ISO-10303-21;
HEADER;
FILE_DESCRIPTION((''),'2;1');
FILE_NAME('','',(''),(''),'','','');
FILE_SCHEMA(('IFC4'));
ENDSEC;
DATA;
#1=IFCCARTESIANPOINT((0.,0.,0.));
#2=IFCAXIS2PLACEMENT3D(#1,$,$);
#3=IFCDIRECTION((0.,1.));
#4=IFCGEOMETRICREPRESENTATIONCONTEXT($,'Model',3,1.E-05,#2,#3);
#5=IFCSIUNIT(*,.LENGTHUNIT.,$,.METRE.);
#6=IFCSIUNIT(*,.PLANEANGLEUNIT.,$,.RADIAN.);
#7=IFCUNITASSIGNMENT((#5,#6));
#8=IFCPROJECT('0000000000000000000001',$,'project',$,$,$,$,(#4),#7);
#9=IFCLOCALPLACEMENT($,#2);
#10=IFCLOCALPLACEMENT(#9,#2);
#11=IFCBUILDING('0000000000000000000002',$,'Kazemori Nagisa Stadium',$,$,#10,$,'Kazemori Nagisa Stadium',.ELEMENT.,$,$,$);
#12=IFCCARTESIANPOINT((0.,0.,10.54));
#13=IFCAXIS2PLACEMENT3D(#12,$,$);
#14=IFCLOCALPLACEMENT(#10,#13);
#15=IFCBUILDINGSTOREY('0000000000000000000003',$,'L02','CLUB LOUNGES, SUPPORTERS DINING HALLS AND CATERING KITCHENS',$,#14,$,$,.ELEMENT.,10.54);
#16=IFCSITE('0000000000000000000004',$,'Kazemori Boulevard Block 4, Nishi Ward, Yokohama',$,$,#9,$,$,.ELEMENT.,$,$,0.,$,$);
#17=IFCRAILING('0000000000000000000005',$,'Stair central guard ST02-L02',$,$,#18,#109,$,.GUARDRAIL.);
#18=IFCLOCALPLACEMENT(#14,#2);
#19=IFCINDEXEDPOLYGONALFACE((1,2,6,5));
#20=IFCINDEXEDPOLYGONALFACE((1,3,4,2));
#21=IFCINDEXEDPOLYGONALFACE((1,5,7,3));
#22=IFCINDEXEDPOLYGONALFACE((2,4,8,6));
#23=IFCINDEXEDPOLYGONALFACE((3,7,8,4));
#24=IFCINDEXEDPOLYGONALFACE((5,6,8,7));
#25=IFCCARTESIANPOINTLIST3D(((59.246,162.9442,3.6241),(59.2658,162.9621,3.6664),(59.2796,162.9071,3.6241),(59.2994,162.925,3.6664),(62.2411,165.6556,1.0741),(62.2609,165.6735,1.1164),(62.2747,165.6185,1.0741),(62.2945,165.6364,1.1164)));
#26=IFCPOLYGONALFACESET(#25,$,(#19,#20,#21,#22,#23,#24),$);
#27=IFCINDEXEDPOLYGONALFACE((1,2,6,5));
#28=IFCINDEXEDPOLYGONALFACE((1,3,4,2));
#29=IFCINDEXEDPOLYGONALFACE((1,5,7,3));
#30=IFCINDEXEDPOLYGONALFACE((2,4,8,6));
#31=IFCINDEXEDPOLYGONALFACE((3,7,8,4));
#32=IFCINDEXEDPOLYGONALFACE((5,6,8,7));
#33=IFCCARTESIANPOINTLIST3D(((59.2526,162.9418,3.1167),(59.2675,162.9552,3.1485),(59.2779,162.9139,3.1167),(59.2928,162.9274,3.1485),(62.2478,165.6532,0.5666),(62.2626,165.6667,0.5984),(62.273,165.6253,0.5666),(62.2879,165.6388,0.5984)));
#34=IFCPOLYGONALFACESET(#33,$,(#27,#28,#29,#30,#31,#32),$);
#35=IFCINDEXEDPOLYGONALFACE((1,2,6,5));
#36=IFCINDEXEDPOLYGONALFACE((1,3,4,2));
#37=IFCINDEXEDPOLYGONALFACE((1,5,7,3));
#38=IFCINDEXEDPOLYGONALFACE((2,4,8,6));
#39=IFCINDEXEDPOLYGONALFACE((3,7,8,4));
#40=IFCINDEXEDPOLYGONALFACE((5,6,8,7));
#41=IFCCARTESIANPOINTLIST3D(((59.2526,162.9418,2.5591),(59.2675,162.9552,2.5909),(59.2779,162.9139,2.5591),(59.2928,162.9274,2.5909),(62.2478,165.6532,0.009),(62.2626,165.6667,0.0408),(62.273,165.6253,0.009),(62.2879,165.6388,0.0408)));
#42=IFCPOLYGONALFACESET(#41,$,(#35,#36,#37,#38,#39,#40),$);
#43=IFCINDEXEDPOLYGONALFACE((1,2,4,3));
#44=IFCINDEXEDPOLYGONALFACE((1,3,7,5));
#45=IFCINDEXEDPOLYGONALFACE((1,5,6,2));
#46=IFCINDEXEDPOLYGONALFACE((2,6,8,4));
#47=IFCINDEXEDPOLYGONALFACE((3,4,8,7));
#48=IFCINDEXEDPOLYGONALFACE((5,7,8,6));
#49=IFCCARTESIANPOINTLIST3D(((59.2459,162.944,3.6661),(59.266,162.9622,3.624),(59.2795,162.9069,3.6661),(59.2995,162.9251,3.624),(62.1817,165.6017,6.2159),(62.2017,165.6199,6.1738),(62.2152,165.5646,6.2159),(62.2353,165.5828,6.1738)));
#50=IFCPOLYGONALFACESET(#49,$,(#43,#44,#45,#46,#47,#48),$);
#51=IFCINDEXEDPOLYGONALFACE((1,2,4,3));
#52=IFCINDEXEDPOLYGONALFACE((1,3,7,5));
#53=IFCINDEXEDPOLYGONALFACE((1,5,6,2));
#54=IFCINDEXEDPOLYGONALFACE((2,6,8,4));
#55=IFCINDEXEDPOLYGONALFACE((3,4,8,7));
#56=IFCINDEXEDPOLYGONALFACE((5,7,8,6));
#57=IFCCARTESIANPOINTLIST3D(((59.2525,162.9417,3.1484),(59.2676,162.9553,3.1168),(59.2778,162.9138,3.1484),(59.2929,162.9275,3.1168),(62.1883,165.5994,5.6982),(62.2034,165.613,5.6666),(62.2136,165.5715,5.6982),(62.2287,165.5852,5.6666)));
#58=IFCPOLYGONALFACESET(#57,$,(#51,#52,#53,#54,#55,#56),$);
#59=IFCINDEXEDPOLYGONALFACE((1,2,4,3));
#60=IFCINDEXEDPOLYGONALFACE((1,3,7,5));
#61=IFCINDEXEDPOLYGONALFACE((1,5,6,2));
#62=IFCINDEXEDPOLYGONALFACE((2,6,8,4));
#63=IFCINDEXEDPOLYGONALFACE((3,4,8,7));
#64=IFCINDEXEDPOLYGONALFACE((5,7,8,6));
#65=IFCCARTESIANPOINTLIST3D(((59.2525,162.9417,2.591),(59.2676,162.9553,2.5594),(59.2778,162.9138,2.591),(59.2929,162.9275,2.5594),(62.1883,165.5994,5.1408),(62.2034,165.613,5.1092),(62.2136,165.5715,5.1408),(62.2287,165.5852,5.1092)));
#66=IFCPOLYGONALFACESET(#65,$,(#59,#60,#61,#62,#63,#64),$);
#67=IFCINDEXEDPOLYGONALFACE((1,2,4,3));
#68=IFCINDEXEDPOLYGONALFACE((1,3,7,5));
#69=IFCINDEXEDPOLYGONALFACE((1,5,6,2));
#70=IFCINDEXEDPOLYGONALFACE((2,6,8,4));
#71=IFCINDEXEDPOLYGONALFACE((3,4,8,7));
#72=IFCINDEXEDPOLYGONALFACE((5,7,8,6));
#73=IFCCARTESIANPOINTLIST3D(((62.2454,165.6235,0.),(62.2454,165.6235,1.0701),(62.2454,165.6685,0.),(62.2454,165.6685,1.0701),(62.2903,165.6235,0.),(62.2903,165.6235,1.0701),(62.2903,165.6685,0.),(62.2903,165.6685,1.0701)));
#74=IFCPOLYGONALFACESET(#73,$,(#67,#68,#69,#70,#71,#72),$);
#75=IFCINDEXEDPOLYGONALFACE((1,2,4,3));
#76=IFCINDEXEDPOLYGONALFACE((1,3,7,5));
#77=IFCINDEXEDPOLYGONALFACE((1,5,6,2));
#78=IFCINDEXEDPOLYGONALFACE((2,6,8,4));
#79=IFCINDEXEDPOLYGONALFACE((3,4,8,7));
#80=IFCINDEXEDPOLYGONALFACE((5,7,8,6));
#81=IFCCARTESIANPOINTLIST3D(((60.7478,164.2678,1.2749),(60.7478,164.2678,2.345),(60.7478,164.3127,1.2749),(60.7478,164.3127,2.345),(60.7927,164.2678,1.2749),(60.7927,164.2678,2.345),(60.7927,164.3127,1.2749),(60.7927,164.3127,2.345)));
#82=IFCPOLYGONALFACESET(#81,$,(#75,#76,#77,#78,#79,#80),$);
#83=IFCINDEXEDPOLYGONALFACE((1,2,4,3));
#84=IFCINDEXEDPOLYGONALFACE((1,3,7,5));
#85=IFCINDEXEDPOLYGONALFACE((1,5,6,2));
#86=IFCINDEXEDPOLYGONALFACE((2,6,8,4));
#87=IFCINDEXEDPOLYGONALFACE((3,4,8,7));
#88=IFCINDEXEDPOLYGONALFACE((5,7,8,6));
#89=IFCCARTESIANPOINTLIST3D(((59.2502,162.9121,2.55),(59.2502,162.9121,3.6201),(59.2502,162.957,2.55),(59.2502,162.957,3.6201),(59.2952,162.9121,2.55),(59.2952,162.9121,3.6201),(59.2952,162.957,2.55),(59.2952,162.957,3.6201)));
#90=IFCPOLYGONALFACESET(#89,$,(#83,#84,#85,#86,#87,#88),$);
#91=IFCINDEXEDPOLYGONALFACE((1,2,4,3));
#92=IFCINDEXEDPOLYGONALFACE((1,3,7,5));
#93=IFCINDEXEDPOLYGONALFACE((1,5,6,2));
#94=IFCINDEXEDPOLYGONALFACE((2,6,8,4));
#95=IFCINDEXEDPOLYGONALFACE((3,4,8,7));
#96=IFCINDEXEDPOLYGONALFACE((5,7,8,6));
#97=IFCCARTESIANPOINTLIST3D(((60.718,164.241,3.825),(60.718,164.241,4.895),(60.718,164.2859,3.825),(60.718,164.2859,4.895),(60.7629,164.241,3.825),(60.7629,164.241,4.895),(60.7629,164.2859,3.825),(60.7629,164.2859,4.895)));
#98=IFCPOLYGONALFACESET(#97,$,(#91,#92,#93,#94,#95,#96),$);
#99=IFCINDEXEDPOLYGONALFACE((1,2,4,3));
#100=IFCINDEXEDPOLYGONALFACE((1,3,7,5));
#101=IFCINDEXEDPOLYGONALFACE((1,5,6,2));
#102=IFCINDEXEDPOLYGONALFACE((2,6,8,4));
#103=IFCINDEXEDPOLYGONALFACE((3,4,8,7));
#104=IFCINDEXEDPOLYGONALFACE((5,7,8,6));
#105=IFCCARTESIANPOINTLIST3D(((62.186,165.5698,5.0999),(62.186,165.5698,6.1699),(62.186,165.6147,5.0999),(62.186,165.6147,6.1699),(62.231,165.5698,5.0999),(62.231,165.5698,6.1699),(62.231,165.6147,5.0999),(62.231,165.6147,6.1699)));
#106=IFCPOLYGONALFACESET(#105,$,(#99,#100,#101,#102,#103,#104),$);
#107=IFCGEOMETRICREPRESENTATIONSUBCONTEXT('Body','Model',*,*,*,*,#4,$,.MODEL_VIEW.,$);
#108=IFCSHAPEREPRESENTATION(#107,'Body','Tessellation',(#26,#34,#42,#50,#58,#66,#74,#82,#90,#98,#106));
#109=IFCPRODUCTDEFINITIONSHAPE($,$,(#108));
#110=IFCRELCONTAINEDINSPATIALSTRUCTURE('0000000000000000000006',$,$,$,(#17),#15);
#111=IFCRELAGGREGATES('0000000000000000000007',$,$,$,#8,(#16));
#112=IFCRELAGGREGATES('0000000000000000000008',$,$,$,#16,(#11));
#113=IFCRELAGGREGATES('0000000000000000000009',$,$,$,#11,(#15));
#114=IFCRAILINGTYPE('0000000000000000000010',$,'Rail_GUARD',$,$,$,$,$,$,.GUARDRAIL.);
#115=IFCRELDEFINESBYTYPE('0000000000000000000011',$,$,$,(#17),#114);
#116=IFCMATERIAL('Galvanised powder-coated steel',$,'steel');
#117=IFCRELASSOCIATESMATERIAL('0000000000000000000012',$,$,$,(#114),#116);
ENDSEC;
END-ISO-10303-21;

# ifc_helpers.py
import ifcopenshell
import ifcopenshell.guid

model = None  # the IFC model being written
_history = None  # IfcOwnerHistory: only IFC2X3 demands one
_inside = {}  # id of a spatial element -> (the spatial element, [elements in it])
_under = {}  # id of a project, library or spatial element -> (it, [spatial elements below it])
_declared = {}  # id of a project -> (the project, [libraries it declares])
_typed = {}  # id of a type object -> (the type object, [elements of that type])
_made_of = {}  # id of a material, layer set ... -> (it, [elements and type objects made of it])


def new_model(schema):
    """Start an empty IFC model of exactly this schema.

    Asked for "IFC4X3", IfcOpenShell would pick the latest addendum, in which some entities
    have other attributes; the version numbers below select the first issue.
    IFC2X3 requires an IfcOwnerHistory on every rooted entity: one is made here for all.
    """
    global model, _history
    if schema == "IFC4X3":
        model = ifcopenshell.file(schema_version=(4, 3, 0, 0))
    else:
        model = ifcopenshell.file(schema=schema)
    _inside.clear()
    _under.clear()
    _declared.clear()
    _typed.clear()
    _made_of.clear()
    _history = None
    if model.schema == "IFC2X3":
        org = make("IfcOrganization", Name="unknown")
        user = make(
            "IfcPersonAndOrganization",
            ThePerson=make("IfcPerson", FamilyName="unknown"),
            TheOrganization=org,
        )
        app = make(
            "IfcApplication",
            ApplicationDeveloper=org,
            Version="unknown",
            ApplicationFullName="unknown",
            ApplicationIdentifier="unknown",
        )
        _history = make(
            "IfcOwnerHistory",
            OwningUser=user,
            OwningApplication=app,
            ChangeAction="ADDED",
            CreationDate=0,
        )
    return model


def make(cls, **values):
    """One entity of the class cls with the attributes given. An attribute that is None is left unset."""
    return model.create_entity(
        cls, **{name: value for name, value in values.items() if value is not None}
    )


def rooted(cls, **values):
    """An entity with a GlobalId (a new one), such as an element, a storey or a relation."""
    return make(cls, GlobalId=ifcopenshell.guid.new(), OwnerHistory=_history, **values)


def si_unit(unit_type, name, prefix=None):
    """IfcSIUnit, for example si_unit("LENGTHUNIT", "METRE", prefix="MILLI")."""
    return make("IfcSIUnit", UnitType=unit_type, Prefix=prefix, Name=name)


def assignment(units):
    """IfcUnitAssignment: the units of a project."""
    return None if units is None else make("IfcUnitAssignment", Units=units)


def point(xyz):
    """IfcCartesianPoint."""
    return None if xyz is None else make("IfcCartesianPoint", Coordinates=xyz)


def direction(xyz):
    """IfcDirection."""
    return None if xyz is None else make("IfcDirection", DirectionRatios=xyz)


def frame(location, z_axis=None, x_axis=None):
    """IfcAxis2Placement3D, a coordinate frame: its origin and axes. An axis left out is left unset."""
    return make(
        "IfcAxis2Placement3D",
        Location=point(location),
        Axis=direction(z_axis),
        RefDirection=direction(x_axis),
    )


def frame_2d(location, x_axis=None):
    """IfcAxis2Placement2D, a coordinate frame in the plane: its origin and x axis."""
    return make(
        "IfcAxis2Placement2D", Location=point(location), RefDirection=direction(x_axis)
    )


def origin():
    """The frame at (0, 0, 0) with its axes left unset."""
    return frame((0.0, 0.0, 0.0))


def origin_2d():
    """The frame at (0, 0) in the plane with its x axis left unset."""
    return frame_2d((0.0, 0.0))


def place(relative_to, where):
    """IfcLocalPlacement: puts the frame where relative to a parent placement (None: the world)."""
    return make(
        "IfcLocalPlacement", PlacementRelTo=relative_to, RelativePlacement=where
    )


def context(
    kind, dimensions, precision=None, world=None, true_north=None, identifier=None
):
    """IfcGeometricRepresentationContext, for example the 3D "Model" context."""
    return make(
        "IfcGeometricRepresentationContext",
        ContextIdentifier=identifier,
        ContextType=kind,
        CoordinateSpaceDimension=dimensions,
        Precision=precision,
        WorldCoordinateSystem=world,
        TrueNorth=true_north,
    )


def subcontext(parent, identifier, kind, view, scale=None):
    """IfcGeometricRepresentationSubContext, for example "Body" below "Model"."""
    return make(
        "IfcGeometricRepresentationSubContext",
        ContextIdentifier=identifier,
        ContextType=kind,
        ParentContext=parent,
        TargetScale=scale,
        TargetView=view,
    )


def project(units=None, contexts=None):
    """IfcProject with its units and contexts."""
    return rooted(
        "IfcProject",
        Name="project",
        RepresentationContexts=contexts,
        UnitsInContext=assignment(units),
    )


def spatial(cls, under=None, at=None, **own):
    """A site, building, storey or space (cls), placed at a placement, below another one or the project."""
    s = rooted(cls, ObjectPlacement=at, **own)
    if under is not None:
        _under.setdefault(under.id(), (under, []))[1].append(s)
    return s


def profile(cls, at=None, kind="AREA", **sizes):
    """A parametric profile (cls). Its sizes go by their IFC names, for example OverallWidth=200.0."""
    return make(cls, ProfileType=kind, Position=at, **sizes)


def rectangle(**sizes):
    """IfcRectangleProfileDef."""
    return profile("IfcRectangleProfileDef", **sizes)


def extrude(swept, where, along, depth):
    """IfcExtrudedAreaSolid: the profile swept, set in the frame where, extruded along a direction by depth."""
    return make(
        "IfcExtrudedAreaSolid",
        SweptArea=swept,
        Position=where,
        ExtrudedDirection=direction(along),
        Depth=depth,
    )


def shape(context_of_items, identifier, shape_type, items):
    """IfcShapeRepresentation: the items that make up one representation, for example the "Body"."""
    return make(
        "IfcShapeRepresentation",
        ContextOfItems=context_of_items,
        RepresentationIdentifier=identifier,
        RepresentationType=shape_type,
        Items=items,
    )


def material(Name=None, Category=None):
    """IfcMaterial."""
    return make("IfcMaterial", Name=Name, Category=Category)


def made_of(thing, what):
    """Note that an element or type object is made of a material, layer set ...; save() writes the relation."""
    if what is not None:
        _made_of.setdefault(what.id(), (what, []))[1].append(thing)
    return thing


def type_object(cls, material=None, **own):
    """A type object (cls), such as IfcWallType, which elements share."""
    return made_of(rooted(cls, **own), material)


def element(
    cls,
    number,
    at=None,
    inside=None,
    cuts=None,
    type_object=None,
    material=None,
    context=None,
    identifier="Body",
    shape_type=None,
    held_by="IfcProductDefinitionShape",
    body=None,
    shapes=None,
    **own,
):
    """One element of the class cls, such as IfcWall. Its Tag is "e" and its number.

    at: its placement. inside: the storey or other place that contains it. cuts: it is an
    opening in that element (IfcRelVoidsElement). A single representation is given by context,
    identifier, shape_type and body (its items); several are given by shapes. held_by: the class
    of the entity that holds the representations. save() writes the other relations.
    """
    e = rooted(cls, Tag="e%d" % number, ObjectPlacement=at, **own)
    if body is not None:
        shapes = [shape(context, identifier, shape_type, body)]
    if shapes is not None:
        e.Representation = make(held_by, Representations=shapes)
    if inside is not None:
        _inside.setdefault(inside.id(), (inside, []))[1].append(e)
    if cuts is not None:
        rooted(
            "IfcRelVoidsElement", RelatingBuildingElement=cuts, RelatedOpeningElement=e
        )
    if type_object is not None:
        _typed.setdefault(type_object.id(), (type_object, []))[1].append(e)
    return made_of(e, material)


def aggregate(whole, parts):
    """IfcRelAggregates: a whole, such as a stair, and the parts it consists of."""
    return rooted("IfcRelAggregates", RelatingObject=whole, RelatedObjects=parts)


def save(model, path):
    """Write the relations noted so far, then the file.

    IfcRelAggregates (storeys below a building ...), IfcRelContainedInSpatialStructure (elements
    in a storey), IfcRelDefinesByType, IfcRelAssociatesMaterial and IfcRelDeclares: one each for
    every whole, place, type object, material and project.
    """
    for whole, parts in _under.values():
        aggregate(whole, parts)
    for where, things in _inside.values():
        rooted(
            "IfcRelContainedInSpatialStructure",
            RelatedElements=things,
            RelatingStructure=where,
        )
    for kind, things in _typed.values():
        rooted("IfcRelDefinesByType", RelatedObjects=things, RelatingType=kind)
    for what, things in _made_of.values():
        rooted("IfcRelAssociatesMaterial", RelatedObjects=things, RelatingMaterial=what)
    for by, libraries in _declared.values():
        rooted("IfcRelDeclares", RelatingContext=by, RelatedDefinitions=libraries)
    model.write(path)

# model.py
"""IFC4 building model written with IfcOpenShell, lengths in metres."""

from ifc_helpers import new_model, si_unit, direction, frame, origin, origin_2d, place, context, subcontext, project, spatial, rectangle, extrude, material, type_object, element, save


model = new_model("IFC4")

# Units and contexts
model_context = context("Model", 3, precision=1e-05, world=origin(), true_north=direction((0.0, 1.0)))
body_context = subcontext(model_context, "Body", "Model", "MODEL_VIEW")
ifc_project = project(units=[si_unit("LENGTHUNIT", "METRE"), si_unit("PLANEANGLEUNIT", "RADIAN")], contexts=[model_context])

# Site, building, storey
site_placement = place(None, origin())
site = spatial("IfcSite", under=ifc_project, at=site_placement, Name="Kazemori Boulevard Block 4, Nishi Ward, Yokohama", CompositionType="ELEMENT", RefElevation=0.0)
building_placement = place(site_placement, origin())
building = spatial("IfcBuilding", under=site, at=building_placement, Name="Kazemori Nagisa Stadium", LongName="Kazemori Nagisa Stadium", CompositionType="ELEMENT")
storey_placement = place(building_placement, frame((0.0, 0.0, 10.54)))
storey = spatial("IfcBuildingStorey", under=building, at=storey_placement, Name="L02", Description="CLUB LOUNGES, SUPPORTERS DINING HALLS AND CATERING KITCHENS", CompositionType="ELEMENT", Elevation=10.54)

# Railing
ifc_material_1 = material(Name="Galvanised powder-coated steel", Category="steel")
railing_type_1 = type_object("IfcRailingType", Name="Rail_GUARD", PredefinedType="GUARDRAIL", material=ifc_material_1)
railing_1_placement = place(storey_placement, frame((62.2678, 165.646, 0.0)))
element("IfcRailing", 1, at=railing_1_placement, inside=storey, type_object=railing_type_1, Name="Stair central guard ST02-L02", PredefinedType="GUARDRAIL", context=body_context, shape_type="SweptSolid", body=[
    extrude(rectangle(XDim=0.05, YDim=0.05, at=origin_2d()), frame((0.0, 0.0, 1.0952), z_axis=(-0.62691, -0.567531, 0.533753), x_axis=(0.671125, -0.741344, 0.0)), (0.0, 0.0, 1.0), 4.7776),
    extrude(rectangle(XDim=0.0376, YDim=0.0376, at=origin_2d()), frame((0.0, 0.0, 0.5825), z_axis=(-0.62691, -0.567531, 0.533753), x_axis=(0.671125, -0.741344, 0.0)), (0.0, 0.0, 1.0), 4.7776),
    extrude(rectangle(XDim=0.0376, YDim=0.0376, at=origin_2d()), frame((0.0, 0.0, 0.0249), z_axis=(-0.62691, -0.567531, 0.533753), x_axis=(0.671125, -0.741344, 0.0)), (0.0, 0.0, 1.0), 4.7776),
    extrude(rectangle(XDim=0.05, YDim=0.05, at=origin_2d()), frame((-2.9951, -2.7114, 3.645), z_axis=(0.623314, 0.564274, 0.541363), x_axis=(-0.671125, 0.741344, 0.0)), (0.0, 0.0, 1.0), 4.71),
    extrude(rectangle(XDim=0.0376, YDim=0.0376, at=origin_2d()), frame((-2.9951, -2.7114, 3.1326), z_axis=(0.623314, 0.564274, 0.541363), x_axis=(-0.671125, 0.741344, 0.0)), (0.0, 0.0, 1.0), 4.71),
    extrude(rectangle(XDim=0.0376, YDim=0.0376, at=origin_2d()), frame((-2.9951, -2.7114, 2.5752), z_axis=(0.623314, 0.564274, 0.541363), x_axis=(-0.671125, 0.741344, 0.0)), (0.0, 0.0, 1.0), 4.71),
    extrude(rectangle(XDim=0.0449, YDim=0.0449, at=origin_2d()), origin(), (0.0, 0.0, 1.0), 1.0701),
    extrude(rectangle(XDim=0.0449, YDim=0.0449, at=origin_2d()), frame((-1.4976, -1.3557, 1.2749)), (0.0, 0.0, 1.0), 1.0701),
    extrude(rectangle(XDim=0.0449, YDim=0.0449, at=origin_2d()), frame((-2.9951, -2.7114, 2.55)), (0.0, 0.0, 1.0), 1.0701),
    extrude(rectangle(XDim=0.0449, YDim=0.0449, at=origin_2d()), frame((-1.5273, -1.3826, 3.825)), (0.0, 0.0, 1.0), 1.0701),
    extrude(rectangle(XDim=0.0449, YDim=0.0449, at=origin_2d()), frame((-0.0593, -0.0537, 5.0999)), (0.0, 0.0, 1.0), 1.0701),
])

save(model, "model.ifc")
